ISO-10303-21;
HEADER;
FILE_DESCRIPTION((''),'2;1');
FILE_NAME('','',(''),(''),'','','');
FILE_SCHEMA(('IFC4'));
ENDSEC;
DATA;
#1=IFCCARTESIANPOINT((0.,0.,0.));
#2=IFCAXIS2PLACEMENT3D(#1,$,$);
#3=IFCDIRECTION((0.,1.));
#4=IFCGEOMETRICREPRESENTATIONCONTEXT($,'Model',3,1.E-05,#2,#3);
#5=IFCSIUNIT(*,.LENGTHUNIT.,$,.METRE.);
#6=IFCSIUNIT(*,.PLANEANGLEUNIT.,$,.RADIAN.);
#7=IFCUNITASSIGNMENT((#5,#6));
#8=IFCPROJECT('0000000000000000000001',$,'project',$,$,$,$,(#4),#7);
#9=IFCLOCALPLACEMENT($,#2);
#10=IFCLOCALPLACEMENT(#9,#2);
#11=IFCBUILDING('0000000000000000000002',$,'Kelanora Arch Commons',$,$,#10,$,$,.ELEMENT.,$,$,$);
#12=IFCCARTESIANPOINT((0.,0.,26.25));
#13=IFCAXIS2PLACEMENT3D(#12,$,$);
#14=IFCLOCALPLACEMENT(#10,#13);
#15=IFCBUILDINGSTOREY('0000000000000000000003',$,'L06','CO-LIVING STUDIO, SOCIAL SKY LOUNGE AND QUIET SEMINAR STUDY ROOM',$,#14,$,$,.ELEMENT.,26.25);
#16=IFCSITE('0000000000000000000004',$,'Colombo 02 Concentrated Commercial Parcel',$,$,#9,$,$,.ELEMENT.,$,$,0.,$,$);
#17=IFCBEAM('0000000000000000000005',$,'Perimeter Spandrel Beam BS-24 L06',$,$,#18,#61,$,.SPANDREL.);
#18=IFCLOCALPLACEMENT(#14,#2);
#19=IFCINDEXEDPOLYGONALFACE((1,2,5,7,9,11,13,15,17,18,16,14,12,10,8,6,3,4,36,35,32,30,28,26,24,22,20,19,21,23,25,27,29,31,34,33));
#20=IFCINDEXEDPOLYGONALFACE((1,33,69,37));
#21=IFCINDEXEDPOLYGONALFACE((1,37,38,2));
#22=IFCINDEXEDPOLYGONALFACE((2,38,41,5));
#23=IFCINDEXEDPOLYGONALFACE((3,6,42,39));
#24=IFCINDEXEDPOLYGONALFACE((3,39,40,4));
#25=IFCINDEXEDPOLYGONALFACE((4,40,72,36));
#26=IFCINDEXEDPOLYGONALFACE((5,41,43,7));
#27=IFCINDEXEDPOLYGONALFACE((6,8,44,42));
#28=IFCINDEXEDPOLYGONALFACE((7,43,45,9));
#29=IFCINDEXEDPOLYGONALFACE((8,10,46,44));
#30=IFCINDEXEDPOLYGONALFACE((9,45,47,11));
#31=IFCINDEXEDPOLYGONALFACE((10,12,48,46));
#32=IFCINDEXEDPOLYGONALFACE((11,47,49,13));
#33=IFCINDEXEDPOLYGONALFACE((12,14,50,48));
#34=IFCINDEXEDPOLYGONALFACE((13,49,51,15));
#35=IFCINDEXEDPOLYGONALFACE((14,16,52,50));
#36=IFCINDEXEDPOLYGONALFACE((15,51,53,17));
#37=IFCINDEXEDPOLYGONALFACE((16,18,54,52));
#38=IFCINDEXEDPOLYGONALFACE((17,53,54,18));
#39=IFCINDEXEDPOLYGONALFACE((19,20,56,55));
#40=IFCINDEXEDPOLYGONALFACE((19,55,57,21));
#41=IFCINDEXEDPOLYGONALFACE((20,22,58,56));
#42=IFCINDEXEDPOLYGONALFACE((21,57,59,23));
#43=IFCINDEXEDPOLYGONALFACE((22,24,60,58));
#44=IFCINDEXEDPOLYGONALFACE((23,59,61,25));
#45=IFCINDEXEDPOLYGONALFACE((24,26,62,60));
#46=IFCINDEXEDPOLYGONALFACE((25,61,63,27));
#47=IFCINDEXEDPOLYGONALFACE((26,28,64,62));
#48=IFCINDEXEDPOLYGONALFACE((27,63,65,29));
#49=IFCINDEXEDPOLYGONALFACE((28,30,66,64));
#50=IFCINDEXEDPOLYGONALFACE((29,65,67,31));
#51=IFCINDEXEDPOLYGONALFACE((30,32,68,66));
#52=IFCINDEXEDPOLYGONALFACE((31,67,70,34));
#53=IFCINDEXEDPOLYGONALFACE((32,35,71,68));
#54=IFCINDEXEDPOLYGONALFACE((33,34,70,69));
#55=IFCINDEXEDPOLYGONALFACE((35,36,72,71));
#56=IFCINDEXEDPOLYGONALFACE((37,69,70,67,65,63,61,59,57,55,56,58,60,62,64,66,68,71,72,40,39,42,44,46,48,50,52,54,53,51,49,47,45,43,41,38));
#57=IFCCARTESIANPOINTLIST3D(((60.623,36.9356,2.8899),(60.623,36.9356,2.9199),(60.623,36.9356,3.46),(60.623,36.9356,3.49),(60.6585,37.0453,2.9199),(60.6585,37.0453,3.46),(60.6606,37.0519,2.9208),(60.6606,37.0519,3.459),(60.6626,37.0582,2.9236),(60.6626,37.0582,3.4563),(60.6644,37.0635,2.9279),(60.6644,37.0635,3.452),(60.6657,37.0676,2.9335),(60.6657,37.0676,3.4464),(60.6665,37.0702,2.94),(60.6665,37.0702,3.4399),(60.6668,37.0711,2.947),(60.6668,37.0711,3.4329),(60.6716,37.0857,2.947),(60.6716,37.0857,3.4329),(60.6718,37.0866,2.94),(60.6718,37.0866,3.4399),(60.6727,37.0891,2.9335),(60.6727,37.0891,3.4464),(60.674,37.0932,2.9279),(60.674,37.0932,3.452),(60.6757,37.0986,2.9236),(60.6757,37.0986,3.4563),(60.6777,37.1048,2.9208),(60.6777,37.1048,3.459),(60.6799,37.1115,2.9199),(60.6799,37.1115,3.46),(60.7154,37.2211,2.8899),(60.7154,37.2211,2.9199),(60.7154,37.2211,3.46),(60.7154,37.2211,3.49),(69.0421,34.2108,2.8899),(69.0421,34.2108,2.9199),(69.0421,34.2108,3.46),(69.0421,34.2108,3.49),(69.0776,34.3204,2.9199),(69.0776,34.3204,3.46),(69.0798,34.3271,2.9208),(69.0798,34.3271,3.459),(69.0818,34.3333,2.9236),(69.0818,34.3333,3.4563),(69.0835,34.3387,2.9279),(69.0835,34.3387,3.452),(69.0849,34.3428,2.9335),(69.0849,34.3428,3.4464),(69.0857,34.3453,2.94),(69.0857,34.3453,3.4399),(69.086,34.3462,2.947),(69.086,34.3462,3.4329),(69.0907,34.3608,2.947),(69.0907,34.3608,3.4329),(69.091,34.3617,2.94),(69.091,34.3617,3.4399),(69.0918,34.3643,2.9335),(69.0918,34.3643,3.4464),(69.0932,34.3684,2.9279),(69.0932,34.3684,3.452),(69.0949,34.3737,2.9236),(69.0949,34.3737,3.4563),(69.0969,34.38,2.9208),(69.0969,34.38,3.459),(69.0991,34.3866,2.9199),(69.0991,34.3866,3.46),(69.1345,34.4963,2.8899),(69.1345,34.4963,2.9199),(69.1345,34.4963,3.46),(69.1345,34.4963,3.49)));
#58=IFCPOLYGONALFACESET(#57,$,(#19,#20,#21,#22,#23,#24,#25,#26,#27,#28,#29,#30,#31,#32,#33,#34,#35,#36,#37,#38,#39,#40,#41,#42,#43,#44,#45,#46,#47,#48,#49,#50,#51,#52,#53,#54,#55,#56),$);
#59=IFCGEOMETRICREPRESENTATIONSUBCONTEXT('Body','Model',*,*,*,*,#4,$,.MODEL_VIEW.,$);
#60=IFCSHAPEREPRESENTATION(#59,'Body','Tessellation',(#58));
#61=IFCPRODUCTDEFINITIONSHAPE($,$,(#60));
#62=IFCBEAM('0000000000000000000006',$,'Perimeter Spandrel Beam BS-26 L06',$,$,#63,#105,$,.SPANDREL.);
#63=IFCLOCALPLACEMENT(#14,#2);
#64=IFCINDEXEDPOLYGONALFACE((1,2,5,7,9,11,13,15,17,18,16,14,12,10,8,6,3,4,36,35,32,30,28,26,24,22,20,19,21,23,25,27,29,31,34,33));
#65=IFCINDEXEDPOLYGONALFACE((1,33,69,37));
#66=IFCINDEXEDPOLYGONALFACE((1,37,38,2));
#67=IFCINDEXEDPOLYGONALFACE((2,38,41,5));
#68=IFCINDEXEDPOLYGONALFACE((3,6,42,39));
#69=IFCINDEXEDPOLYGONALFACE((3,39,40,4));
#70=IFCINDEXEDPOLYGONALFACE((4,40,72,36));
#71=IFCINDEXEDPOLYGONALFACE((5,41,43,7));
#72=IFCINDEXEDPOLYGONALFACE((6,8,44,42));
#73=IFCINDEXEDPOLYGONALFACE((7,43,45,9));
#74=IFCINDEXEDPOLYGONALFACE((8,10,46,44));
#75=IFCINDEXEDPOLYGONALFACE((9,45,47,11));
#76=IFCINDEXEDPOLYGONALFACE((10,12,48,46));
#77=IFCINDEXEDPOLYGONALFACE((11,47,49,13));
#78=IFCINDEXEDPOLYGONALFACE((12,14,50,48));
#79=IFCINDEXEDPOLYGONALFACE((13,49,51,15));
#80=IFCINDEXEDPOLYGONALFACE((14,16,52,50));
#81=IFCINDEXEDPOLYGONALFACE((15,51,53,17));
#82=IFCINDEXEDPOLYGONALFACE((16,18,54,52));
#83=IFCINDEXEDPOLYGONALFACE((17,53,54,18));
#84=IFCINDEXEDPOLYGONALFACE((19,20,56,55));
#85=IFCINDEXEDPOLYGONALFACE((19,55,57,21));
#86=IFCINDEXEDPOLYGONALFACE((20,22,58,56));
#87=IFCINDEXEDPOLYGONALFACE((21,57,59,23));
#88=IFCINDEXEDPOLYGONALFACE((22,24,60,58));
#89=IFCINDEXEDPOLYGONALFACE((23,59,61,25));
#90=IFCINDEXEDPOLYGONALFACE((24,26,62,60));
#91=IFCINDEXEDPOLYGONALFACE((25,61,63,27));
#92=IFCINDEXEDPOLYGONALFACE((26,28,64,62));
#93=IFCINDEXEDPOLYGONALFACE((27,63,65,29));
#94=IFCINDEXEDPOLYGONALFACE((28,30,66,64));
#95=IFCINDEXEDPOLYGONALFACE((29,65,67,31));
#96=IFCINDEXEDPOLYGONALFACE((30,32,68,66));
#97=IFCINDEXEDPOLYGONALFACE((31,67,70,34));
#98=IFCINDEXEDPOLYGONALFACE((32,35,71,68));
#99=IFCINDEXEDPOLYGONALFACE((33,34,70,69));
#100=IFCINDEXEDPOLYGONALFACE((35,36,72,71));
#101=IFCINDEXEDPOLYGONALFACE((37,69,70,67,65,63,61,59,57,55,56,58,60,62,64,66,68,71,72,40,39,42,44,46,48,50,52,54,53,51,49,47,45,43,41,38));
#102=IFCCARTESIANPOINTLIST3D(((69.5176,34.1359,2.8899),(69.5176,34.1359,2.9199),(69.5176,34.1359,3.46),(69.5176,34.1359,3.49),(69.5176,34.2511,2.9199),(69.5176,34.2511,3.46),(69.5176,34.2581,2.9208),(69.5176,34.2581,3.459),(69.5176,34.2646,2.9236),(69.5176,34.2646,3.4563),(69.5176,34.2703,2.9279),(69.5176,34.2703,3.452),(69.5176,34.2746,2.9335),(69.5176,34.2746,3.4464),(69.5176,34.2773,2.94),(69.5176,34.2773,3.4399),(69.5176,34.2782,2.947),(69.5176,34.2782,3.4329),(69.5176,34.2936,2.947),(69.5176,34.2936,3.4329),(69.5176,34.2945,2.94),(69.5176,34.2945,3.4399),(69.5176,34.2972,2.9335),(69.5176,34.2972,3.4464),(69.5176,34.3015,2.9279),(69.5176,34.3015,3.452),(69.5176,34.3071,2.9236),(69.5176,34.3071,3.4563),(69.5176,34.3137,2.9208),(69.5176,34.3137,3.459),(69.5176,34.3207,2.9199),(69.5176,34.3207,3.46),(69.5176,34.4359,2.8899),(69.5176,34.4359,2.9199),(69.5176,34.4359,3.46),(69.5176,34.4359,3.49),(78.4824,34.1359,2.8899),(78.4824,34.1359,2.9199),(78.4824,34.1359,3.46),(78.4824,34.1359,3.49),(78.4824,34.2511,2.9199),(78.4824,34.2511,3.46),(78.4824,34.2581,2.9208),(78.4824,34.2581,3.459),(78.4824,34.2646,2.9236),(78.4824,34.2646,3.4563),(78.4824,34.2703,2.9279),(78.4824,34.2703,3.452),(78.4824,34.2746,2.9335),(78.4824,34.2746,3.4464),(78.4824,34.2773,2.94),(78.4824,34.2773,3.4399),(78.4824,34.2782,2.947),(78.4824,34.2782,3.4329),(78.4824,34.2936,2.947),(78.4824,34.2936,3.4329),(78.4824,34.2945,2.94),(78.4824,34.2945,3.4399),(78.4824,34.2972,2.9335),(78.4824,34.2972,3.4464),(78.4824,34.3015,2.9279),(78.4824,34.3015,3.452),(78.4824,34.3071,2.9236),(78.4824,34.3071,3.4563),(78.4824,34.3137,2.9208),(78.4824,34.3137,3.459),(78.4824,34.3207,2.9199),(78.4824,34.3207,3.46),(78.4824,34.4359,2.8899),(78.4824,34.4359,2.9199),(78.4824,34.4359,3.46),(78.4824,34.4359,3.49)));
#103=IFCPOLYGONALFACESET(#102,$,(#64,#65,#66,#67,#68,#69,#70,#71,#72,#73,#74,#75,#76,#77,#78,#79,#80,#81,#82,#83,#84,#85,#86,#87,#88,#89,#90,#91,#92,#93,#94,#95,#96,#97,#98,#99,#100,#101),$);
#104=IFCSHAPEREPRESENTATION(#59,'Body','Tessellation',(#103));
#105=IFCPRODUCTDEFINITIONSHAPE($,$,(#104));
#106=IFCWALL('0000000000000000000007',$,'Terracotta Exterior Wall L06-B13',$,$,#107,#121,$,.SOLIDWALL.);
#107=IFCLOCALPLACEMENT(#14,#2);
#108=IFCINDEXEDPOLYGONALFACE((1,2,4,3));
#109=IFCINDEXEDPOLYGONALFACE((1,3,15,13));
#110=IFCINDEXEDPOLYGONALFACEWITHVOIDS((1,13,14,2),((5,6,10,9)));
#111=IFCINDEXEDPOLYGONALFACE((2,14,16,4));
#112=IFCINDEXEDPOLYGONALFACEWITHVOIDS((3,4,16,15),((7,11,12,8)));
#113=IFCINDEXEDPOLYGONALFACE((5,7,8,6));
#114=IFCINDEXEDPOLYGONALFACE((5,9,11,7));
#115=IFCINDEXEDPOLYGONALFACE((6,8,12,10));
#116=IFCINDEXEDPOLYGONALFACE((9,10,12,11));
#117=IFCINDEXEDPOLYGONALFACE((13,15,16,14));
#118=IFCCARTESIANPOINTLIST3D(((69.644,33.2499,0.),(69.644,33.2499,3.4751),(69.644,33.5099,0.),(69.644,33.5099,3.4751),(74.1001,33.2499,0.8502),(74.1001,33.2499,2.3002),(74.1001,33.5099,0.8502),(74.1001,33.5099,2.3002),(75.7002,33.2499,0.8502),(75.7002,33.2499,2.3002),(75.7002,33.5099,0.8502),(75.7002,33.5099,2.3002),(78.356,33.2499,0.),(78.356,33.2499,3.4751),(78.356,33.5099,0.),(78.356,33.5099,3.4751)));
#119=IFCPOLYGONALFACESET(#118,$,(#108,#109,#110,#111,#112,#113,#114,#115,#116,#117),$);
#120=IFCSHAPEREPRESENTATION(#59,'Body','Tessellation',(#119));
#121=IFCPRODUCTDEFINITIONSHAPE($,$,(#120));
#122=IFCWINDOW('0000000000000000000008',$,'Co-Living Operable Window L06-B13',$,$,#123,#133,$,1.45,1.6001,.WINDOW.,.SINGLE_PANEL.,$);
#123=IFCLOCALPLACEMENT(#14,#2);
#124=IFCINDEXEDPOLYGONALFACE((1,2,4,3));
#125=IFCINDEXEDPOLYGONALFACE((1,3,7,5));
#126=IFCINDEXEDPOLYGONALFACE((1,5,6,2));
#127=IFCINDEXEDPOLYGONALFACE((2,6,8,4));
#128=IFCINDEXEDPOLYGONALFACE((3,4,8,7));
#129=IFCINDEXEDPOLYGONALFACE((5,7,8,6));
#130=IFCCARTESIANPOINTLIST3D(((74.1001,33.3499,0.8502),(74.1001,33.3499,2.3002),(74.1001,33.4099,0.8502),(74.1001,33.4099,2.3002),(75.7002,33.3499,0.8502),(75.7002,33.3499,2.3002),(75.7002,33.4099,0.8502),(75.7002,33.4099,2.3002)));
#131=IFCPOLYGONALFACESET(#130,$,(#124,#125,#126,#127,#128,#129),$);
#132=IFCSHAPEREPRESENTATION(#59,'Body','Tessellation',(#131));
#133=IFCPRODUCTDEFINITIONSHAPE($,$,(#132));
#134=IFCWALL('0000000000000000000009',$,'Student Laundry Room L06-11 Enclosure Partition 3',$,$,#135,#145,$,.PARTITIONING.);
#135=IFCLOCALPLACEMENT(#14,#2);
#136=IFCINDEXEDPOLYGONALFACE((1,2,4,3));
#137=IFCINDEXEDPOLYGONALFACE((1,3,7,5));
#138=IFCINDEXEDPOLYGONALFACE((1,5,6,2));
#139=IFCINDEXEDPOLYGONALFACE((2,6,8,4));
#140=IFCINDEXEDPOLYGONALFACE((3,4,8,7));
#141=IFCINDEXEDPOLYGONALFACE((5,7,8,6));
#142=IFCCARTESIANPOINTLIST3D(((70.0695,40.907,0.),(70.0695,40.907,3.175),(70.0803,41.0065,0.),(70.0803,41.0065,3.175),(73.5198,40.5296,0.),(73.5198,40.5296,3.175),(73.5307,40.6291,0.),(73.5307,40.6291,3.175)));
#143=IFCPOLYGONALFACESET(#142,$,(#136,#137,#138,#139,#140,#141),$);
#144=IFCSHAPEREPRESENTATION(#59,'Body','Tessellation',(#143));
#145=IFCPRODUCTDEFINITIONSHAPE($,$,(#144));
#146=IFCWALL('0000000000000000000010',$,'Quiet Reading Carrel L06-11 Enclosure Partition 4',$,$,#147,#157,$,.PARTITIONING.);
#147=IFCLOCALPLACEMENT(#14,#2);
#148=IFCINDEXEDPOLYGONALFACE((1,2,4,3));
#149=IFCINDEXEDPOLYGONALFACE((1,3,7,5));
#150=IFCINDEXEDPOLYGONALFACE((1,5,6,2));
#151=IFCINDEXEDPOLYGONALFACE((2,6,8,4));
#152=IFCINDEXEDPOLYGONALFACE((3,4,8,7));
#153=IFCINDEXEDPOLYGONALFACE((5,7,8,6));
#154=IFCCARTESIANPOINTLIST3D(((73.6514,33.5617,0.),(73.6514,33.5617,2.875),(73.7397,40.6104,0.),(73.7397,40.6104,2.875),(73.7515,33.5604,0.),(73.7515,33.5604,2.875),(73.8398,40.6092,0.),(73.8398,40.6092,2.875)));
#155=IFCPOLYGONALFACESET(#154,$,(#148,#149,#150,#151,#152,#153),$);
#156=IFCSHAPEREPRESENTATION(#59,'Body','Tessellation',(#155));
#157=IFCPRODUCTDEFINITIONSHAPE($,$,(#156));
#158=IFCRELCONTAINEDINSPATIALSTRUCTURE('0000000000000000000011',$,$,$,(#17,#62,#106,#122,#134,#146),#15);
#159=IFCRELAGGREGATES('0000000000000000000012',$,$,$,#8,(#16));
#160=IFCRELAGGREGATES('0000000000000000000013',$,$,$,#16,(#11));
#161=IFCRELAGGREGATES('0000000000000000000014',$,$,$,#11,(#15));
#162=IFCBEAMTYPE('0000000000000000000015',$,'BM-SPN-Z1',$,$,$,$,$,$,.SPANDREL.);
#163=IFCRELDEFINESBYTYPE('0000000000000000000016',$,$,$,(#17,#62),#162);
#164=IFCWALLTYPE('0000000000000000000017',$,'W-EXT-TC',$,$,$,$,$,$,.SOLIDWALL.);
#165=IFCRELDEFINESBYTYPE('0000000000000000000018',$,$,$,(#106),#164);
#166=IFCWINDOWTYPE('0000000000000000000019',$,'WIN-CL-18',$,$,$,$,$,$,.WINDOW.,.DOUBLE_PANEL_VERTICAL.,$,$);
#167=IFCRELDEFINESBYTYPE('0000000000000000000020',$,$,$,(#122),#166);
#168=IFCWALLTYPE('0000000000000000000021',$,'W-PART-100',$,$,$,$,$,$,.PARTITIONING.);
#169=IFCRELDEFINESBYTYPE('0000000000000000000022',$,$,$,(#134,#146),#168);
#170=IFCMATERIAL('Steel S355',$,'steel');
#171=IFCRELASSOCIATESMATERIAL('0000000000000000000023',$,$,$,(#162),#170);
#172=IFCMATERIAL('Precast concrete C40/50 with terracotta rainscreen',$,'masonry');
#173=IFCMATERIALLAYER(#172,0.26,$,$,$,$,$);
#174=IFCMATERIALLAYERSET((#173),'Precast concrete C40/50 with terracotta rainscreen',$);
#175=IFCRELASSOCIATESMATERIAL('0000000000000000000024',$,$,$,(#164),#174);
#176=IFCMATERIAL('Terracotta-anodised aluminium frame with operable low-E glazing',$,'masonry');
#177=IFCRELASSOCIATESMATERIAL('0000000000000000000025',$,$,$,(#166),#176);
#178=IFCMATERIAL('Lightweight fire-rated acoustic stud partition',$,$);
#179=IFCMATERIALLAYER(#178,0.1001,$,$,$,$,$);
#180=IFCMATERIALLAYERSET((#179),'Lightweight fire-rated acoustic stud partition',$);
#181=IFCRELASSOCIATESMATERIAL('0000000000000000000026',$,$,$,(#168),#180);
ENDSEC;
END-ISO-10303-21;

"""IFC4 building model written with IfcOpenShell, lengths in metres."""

from ifc_helpers import new_model, si_unit, direction, frame, frame_2d, origin, origin_2d, place, context, subcontext, project, spatial, rectangle, i_section, extrude, material, layer, layer_set, material_profile, profile_set, type_object, element, fill, save


model = new_model("IFC4")

# Units and contexts
model_context = context("Model", 3, precision=1e-05, world=origin(), true_north=direction((0.0, 1.0)))
body_context = subcontext(model_context, "Body", "Model", "MODEL_VIEW")
ifc_project = project(units=[si_unit("LENGTHUNIT", "METRE"), si_unit("PLANEANGLEUNIT", "RADIAN")], contexts=[model_context])

# Site, building, storey
site_placement = place(None, origin())
site = spatial("IfcSite", under=ifc_project, at=site_placement, Name="Colombo 02 Concentrated Commercial Parcel", CompositionType="ELEMENT", RefElevation=0.0)
building_placement = place(site_placement, origin())
building = spatial("IfcBuilding", under=site, at=building_placement, Name="Kelanora Arch Commons", CompositionType="ELEMENT")
storey_placement = place(building_placement, frame((0.0, 0.0, 26.25)))
storey = spatial("IfcBuildingStorey", under=building, at=storey_placement, Name="L06", Description="CO-LIVING STUDIO, SOCIAL SKY LOUNGE AND QUIET SEMINAR STUDY ROOM", CompositionType="ELEMENT", Elevation=26.25)

# Beams
ifc_material_1 = material(Name="Steel S355", Category="steel")
ifc_material_profile_1 = material_profile(ifc_material_1, i_section(OverallWidth=0.3, OverallDepth=0.6001, WebThickness=0.0154, FlangeThickness=0.03, FilletRadius=0.0271, at=origin_2d()), Name="HEB600")
ifc_profile_set_1 = profile_set([ifc_material_profile_1], Name="Steel S355")
beam_type_1 = type_object("IfcBeamType", Name="BM-SPN-Z1", PredefinedType="SPANDREL", material=ifc_profile_set_1)
beam_1_placement = place(storey_placement, frame((60.6692, 37.0784, 3.1899), z_axis=(0.951411, -0.307922, 0.0), x_axis=(0.307922, 0.951411, 0.0)))
element("IfcBeam", 1, at=beam_1_placement, inside=storey, type_object=beam_type_1, Name="Perimeter Spandrel Beam BS-24 L06", PredefinedType="SPANDREL", context=body_context, shape_type="SweptSolid", body=[
    extrude(i_section(OverallWidth=0.3, OverallDepth=0.6001, WebThickness=0.0154, FlangeThickness=0.03, FilletRadius=0.0271, at=origin_2d()), origin(), (0.0, 0.0, 1.0), 8.8491),
])
beam_2_placement = place(storey_placement, frame((69.5176, 34.2859, 3.1899), z_axis=(1.0, 0.0, 0.0), x_axis=(0.0, 1.0, 0.0)))
element("IfcBeam", 2, at=beam_2_placement, inside=storey, type_object=beam_type_1, Name="Perimeter Spandrel Beam BS-26 L06", PredefinedType="SPANDREL", context=body_context, shape_type="SweptSolid", body=[
    extrude(i_section(OverallWidth=0.3, OverallDepth=0.6001, WebThickness=0.0154, FlangeThickness=0.03, FilletRadius=0.0271, at=origin_2d()), origin(), (0.0, 0.0, 1.0), 8.9648),
])

# Wall, opening, window
ifc_material_2 = material(Name="Precast concrete C40/50 with terracotta rainscreen", Category="masonry")
ifc_layer_1 = layer(ifc_material_2, 0.26)
ifc_layer_set_1 = layer_set([ifc_layer_1], Name="Precast concrete C40/50 with terracotta rainscreen")
wall_type_1 = type_object("IfcWallType", Name="W-EXT-TC", PredefinedType="SOLIDWALL", material=ifc_layer_set_1)
wall_1_placement = place(storey_placement, frame((69.644, 33.3799, 0.0), z_axis=(0.0, 0.0, 1.0), x_axis=(1.0, 0.0, 0.0)))
wall_1 = element("IfcWall", 3, at=wall_1_placement, inside=storey, type_object=wall_type_1, Name="Terracotta Exterior Wall L06-B13", PredefinedType="SOLIDWALL", context=body_context, shape_type="SweptSolid", body=[
    extrude(rectangle(XDim=8.7119, YDim=0.26, at=frame_2d((4.356, 0.0))), origin(), (0.0, 0.0, 1.0), 3.4751),
])
opening_placement = place(wall_1_placement, frame((4.4561, 0.0, 0.8501)))
opening = element("IfcOpeningElement", 4, at=opening_placement, cuts=wall_1, PredefinedType="OPENING", context=body_context, shape_type="SweptSolid", body=[
    extrude(rectangle(XDim=1.6001, YDim=1.45, at=frame_2d((0.8, 0.7251))), frame((0.0, 0.1401, 0.0), z_axis=(0.0, -1.0, 0.0), x_axis=(1.0, 0.0, 0.0)), (0.0, 0.0, 1.0), 0.28),
])
ifc_material_3 = material(Name="Terracotta-anodised aluminium frame with operable low-E glazing", Category="masonry")
window_type = type_object("IfcWindowType", Name="WIN-CL-18", PartitioningType="DOUBLE_PANEL_VERTICAL", PredefinedType="WINDOW", material=ifc_material_3)
window_placement = place(opening_placement, origin())
window = element("IfcWindow", 5, at=window_placement, inside=storey, type_object=window_type, Name="Co-Living Operable Window L06-B13", OverallHeight=1.45, OverallWidth=1.6001, PartitioningType="SINGLE_PANEL", PredefinedType="WINDOW", context=body_context, shape_type="SweptSolid", body=[
    extrude(rectangle(XDim=1.6001, YDim=1.45, at=frame_2d((0.8, 0.7251))), frame((0.0, 0.03, 0.0), z_axis=(0.0, -1.0, 0.0), x_axis=(1.0, 0.0, 0.0)), (0.0, 0.0, 1.0), 0.0601),
])
fill(opening, window)

# Walls
ifc_material_4 = material(Name="Lightweight fire-rated acoustic stud partition")
ifc_layer_2 = layer(ifc_material_4, 0.1001)
ifc_layer_set_2 = layer_set([ifc_layer_2], Name="Lightweight fire-rated acoustic stud partition")
wall_type_2 = type_object("IfcWallType", Name="W-PART-100", PredefinedType="PARTITIONING", material=ifc_layer_set_2)
wall_2_placement = place(storey_placement, frame((73.5251, 40.5793, 0.0), z_axis=(0.0, 0.0, 1.0), x_axis=(-0.99407, 0.108741, 0.0)))
element("IfcWall", 6, at=wall_2_placement, inside=storey, type_object=wall_type_2, Name="Student Laundry Room L06-11 Enclosure Partition 3", PredefinedType="PARTITIONING", context=body_context, shape_type="SweptSolid", body=[
    extrude(rectangle(XDim=3.4709, YDim=0.1001, at=frame_2d((1.7354, 0.0))), origin(), (0.0, 0.0, 1.0), 3.175),
])
wall_3_placement = place(storey_placement, frame((73.7014, 33.561, 0.0), z_axis=(0.0, 0.0, 1.0), x_axis=(0.012537, 0.999921, 0.0)))
element("IfcWall", 7, at=wall_3_placement, inside=storey, type_object=wall_type_2, Name="Quiet Reading Carrel L06-11 Enclosure Partition 4", PredefinedType="PARTITIONING", context=body_context, shape_type="SweptSolid", body=[
    extrude(rectangle(XDim=7.0493, YDim=0.1001, at=frame_2d((3.5247, 0.0))), origin(), (0.0, 0.0, 1.0), 2.875),
])

save(model, "model.ifc")
